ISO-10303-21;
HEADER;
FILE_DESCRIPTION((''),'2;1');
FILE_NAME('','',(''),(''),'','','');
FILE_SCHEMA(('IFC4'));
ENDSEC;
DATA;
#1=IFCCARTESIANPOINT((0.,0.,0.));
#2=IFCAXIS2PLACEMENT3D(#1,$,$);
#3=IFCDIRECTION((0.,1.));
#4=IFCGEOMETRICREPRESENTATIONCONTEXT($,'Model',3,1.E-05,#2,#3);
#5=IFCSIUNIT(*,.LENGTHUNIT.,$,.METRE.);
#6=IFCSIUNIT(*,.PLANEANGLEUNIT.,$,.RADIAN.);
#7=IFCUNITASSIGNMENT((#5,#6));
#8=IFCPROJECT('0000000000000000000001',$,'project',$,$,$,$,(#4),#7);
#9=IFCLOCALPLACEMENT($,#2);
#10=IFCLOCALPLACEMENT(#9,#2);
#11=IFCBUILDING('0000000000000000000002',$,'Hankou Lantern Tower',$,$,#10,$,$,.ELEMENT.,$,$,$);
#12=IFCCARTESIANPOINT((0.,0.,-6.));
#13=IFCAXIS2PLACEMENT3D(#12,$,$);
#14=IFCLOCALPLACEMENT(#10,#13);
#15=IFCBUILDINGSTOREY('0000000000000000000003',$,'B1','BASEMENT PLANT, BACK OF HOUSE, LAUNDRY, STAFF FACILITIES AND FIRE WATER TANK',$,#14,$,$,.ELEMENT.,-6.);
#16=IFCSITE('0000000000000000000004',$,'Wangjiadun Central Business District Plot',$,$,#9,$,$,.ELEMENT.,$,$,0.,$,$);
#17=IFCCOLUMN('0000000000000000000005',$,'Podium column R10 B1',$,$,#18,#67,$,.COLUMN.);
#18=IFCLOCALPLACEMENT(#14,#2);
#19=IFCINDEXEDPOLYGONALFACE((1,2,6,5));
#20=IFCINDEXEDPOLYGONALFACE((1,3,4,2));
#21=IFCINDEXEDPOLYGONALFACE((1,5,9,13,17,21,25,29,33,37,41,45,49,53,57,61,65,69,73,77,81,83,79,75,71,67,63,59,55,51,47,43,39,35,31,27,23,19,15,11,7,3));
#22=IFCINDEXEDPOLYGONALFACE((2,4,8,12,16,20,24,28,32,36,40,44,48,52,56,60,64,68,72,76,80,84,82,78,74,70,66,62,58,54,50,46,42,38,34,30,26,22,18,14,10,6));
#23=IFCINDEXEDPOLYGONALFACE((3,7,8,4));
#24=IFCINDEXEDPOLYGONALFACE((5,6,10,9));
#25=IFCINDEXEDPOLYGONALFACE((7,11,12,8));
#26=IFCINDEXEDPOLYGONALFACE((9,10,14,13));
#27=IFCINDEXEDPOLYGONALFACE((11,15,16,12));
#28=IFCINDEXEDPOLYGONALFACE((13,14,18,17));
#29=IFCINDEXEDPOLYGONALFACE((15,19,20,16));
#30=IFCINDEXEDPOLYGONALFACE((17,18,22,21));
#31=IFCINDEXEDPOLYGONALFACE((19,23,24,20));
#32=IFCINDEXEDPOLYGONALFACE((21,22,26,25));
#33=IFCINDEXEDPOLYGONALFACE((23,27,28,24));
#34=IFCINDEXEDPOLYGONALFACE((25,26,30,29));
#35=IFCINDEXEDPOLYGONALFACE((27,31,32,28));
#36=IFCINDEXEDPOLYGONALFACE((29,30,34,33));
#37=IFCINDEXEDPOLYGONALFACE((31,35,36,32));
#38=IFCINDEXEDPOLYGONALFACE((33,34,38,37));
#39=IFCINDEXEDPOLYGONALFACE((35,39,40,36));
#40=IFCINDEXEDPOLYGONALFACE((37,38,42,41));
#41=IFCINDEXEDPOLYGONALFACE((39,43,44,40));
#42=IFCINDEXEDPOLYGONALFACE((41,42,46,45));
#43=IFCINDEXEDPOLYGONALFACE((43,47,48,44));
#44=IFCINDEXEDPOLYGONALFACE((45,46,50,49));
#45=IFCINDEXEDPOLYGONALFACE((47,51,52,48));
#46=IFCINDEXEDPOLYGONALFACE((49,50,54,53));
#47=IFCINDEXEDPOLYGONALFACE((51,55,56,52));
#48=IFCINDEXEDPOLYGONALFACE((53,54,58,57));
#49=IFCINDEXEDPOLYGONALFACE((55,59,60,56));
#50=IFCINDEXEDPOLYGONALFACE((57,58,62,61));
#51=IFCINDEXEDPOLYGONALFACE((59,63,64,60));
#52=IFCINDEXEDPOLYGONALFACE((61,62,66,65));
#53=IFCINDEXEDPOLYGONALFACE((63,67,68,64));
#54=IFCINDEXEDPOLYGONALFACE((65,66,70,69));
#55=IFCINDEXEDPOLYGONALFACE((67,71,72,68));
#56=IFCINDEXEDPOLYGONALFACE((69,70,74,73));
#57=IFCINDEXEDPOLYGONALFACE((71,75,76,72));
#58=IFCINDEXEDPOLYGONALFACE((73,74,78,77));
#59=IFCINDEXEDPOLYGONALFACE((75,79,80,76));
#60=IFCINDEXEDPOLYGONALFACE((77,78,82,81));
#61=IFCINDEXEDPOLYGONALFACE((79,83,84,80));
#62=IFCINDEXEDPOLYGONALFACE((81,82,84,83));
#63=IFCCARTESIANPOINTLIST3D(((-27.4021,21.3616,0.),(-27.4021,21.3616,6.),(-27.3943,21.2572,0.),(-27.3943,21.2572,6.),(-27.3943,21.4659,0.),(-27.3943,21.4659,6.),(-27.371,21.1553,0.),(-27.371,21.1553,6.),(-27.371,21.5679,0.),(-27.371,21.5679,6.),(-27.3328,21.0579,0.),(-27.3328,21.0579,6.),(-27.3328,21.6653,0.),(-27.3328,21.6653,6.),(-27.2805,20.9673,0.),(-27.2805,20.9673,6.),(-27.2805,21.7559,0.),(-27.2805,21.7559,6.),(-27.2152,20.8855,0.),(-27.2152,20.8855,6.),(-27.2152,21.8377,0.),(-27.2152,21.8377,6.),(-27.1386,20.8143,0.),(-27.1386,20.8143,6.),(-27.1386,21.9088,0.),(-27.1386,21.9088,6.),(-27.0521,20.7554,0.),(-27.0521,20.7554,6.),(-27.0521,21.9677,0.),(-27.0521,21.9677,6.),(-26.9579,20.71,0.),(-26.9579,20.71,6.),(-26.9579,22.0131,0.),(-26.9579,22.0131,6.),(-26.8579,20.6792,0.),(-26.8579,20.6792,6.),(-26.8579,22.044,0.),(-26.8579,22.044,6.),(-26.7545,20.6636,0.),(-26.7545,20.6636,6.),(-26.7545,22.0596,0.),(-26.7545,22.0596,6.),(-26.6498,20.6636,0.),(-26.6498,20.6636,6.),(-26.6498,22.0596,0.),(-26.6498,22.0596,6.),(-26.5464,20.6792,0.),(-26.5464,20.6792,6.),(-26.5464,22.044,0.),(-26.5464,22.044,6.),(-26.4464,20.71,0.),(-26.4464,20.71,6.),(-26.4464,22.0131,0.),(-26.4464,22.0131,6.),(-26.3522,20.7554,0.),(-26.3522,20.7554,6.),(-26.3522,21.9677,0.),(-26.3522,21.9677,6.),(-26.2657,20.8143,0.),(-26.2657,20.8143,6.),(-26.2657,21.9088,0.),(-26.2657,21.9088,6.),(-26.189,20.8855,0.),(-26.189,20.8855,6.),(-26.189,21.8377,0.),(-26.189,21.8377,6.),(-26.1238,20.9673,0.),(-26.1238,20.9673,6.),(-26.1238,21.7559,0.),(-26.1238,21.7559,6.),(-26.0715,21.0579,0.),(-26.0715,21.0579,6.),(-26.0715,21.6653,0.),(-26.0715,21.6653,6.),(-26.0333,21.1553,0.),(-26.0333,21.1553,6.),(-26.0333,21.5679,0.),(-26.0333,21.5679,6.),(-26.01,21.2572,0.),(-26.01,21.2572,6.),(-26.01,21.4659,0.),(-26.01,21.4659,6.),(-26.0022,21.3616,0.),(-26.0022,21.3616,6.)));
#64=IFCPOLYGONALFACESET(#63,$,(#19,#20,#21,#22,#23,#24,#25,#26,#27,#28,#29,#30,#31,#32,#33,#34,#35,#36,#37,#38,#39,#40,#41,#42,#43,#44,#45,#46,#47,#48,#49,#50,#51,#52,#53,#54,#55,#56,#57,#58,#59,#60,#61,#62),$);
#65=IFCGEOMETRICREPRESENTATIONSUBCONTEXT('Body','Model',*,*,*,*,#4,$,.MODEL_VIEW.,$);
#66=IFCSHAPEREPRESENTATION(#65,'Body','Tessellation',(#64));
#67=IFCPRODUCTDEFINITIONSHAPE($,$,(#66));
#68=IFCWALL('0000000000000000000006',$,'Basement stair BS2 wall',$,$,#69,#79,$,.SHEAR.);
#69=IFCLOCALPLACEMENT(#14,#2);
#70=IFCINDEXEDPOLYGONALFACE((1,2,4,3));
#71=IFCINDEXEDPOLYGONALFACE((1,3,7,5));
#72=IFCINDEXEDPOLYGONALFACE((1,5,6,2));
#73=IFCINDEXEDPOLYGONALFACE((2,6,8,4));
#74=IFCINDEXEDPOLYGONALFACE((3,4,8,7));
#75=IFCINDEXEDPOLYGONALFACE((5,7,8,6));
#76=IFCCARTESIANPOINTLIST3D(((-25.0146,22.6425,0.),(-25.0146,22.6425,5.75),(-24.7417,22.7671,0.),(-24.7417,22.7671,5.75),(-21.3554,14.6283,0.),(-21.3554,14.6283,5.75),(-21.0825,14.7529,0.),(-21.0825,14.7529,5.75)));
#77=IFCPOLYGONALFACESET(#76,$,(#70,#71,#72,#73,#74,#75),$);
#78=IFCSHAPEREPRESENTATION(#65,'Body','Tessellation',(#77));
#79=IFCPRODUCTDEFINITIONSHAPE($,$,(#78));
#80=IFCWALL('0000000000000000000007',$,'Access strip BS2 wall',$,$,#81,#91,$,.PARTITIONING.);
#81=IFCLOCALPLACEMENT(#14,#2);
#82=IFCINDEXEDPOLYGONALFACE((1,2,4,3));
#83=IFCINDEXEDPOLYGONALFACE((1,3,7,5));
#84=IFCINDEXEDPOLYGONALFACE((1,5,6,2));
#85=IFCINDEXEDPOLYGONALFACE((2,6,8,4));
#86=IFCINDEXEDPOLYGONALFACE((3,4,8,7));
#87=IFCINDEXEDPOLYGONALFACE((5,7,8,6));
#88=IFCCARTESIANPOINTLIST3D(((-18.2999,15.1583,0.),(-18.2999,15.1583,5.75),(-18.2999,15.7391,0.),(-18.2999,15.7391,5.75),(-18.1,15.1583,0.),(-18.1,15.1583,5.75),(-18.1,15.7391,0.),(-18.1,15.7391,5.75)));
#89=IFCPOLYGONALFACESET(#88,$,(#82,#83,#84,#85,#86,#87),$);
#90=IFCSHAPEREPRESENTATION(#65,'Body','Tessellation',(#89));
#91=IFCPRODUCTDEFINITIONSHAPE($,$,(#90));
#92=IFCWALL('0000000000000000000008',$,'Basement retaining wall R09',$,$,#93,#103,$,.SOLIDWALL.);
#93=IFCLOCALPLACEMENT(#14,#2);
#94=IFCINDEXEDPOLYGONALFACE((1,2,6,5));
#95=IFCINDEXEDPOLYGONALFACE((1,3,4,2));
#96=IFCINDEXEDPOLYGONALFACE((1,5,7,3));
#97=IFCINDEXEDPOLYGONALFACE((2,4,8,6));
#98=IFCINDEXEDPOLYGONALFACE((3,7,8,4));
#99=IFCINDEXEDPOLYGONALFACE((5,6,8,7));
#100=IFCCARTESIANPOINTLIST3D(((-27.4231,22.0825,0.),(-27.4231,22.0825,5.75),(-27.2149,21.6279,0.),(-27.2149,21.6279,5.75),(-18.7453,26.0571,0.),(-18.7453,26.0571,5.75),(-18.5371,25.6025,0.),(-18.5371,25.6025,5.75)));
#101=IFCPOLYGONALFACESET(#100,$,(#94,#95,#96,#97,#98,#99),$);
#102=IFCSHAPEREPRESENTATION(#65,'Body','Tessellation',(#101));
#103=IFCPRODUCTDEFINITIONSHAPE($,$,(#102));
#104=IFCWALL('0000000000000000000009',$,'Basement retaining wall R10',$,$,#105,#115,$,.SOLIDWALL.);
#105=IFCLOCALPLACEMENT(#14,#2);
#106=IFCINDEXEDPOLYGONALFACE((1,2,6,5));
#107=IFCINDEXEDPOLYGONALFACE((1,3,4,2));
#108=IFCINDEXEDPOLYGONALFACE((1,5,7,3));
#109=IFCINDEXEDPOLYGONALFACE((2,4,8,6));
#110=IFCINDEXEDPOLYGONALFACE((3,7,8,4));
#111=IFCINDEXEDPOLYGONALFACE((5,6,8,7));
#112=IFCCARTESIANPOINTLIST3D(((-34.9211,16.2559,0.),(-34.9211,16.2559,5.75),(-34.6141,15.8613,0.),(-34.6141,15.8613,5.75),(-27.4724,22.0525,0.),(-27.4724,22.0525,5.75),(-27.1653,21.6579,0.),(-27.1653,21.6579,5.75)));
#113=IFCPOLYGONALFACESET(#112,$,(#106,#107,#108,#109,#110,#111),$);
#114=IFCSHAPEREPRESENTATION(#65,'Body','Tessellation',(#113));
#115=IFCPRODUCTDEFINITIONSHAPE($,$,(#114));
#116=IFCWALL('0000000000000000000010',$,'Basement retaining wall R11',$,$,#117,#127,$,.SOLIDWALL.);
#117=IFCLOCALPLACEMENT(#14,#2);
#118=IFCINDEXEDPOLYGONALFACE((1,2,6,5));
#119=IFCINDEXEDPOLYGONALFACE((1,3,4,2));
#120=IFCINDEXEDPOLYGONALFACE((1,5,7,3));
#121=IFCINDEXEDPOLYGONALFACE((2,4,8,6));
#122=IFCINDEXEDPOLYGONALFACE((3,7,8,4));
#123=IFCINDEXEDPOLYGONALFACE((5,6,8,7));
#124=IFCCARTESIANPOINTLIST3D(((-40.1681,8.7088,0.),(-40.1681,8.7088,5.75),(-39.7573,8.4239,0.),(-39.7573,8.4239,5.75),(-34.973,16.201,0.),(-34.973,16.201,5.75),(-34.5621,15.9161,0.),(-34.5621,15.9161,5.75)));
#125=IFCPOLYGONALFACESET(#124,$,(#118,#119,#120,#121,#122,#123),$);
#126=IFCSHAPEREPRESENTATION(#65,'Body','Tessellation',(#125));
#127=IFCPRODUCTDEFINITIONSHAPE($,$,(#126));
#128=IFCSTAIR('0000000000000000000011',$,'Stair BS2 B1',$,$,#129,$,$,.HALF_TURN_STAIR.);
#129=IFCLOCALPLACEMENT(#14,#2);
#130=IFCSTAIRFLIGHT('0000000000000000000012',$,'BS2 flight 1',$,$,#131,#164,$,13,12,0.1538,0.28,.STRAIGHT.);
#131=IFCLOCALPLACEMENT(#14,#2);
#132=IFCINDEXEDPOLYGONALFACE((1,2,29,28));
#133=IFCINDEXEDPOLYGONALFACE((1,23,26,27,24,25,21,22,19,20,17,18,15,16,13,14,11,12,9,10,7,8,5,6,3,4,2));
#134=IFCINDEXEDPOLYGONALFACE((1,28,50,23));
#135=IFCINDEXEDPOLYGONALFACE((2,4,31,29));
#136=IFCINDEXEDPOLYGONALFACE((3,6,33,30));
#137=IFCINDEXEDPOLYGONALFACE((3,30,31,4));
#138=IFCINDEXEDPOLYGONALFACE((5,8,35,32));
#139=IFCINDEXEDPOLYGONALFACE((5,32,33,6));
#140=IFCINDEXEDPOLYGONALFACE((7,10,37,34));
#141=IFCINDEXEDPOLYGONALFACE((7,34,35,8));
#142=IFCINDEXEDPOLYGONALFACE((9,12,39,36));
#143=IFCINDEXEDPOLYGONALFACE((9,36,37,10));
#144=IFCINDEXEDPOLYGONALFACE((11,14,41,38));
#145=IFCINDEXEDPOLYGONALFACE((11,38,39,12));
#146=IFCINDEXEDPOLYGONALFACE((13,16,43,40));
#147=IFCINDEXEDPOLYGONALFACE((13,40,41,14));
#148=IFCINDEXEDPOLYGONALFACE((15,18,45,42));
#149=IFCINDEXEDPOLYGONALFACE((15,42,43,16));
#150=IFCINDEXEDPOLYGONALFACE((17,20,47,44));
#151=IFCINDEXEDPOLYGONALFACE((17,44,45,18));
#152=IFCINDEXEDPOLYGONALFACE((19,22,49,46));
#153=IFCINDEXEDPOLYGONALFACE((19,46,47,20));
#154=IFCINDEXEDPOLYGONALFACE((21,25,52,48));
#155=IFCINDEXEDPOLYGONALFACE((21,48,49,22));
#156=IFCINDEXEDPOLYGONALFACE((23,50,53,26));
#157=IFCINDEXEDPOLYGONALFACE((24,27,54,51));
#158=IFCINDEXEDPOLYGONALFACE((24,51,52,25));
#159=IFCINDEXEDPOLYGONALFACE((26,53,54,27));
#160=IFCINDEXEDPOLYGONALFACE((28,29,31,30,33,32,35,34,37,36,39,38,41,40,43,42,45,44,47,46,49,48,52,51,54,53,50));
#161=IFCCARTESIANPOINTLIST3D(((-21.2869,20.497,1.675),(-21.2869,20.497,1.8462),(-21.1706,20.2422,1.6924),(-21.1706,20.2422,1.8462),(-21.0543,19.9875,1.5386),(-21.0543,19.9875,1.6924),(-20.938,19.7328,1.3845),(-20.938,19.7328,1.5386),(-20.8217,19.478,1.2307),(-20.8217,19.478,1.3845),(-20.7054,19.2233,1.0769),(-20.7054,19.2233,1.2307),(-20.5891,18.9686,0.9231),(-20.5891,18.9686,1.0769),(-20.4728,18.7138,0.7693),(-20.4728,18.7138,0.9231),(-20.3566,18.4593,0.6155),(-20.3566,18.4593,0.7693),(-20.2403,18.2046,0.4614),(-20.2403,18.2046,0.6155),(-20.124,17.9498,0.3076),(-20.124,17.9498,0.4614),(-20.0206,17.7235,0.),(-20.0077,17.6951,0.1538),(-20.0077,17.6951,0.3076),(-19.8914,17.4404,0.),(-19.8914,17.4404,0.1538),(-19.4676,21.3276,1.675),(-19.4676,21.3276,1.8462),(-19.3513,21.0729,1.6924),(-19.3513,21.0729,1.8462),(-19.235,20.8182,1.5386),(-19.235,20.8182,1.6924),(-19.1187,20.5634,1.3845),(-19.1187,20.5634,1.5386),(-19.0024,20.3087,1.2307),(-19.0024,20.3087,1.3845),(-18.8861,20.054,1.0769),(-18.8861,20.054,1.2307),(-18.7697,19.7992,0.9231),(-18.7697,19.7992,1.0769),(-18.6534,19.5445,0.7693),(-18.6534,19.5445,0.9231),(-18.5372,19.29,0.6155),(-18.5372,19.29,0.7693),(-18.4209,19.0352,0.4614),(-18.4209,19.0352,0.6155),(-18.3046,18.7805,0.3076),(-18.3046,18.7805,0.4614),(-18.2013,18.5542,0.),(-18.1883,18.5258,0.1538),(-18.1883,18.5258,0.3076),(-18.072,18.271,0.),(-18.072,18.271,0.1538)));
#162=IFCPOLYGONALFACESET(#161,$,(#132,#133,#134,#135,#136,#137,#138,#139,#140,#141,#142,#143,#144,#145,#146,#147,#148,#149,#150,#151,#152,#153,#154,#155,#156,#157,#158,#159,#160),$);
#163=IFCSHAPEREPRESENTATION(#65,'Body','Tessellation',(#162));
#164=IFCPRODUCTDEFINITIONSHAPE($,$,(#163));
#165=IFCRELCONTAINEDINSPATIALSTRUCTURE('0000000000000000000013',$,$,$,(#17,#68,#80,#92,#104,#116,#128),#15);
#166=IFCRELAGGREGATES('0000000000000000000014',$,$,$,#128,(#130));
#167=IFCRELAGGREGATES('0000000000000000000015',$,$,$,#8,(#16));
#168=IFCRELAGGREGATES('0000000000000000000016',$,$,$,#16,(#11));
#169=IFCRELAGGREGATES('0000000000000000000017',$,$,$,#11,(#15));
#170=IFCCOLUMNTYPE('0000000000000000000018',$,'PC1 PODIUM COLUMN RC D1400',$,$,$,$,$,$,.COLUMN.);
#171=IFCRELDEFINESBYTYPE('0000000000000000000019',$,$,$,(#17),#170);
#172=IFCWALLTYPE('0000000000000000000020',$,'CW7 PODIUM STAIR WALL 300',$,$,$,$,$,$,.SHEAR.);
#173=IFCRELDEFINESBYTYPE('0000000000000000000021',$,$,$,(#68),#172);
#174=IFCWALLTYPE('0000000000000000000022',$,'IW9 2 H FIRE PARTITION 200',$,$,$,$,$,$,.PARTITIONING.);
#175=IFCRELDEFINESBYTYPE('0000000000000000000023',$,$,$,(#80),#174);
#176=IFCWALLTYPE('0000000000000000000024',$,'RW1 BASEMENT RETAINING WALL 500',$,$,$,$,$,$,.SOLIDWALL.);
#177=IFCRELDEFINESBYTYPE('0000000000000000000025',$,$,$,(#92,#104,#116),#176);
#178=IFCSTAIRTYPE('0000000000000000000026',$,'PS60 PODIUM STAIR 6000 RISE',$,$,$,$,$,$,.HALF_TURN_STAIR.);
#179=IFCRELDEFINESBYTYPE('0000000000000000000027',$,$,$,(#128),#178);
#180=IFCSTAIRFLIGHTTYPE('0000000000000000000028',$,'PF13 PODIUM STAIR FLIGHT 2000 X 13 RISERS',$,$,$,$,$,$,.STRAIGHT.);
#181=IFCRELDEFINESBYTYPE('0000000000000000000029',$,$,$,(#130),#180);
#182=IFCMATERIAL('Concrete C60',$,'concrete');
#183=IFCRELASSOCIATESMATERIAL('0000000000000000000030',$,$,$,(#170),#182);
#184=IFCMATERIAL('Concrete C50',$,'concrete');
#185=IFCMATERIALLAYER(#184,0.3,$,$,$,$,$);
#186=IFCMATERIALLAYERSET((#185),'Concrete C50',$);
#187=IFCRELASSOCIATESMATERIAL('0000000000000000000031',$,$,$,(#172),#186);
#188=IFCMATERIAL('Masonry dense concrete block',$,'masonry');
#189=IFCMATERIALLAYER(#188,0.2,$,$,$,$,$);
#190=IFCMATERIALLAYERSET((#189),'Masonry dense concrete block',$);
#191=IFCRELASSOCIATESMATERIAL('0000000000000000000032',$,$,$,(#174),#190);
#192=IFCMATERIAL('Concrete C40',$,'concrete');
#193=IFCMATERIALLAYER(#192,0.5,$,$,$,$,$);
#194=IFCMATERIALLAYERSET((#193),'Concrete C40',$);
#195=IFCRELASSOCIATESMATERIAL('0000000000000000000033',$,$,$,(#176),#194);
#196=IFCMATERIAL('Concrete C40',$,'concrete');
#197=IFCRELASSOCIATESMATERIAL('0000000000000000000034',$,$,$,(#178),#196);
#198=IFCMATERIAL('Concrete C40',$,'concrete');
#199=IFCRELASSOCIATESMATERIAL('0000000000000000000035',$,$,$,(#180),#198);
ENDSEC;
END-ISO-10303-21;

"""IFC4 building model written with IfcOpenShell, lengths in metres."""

from ifc_helpers import new_model, si_unit, direction, frame, frame_2d, origin, origin_2d, place, context, subcontext, project, spatial, polyline, rectangle, circle, outline, extrude, material, layer, layer_set, material_profile, profile_set, type_object, element, aggregate, save


model = new_model("IFC4")

# Units and contexts
model_context = context("Model", 3, precision=1e-05, world=origin(), true_north=direction((0.0, 1.0)))
body_context = subcontext(model_context, "Body", "Model", "MODEL_VIEW")
ifc_project = project(units=[si_unit("LENGTHUNIT", "METRE"), si_unit("PLANEANGLEUNIT", "RADIAN")], contexts=[model_context])

# Site, building, storey
site_placement = place(None, origin())
site = spatial("IfcSite", under=ifc_project, at=site_placement, Name="Wangjiadun Central Business District Plot", CompositionType="ELEMENT", RefElevation=0.0)
building_placement = place(site_placement, origin())
building = spatial("IfcBuilding", under=site, at=building_placement, Name="Hankou Lantern Tower", CompositionType="ELEMENT")
storey_placement = place(building_placement, frame((0.0, 0.0, -6.0)))
storey = spatial("IfcBuildingStorey", under=building, at=storey_placement, Name="B1", Description="BASEMENT PLANT, BACK OF HOUSE, LAUNDRY, STAFF FACILITIES AND FIRE WATER TANK", CompositionType="ELEMENT", Elevation=-6.0)

# Column
ifc_material_1 = material(Name="Concrete C60", Category="concrete")
ifc_material_profile_1 = material_profile(ifc_material_1, circle(Radius=0.7, at=origin_2d()), Name="RC D1400")
ifc_profile_set_1 = profile_set([ifc_material_profile_1], Name="Concrete C60")
column_type = type_object("IfcColumnType", Name="PC1 PODIUM COLUMN RC D1400", PredefinedType="COLUMN", material=ifc_profile_set_1)
for number, where, z_axis, x_axis, name in (
    (1, (-26.7021, 21.3616, 0.0), (0.0, 0.0, 1.0), (1.0, 0.0, 0.0), "Podium column R10 B1"),
):
    element("IfcColumn", number, at=place(storey_placement, frame(where, z_axis=z_axis, x_axis=x_axis)), inside=storey, type_object=column_type, Name=name, PredefinedType="COLUMN", context=body_context, shape_type="SweptSolid", body=[
        extrude(circle(Radius=0.7, at=origin_2d()), origin(), (0.0, 0.0, 1.0), 6.0),
    ])

# Walls
ifc_material_2 = material(Name="Concrete C50", Category="concrete")
ifc_layer_1 = layer(ifc_material_2, 0.3)
ifc_layer_set_1 = layer_set([ifc_layer_1], Name="Concrete C50")
wall_type_1 = type_object("IfcWallType", Name="CW7 PODIUM STAIR WALL 300", PredefinedType="SHEAR", material=ifc_layer_set_1)
wall_1_placement = place(storey_placement, frame((-24.8782, 22.7048, 0.0), z_axis=(0.0, 0.0, 1.0), x_axis=(0.415343, -0.909665, 0.0)))
element("IfcWall", 2, at=wall_1_placement, inside=storey, type_object=wall_type_1, Name="Basement stair BS2 wall", PredefinedType="SHEAR", context=body_context, shape_type="SweptSolid", body=[
    extrude(rectangle(XDim=8.8101, YDim=0.3, at=frame_2d((4.405, 0.0))), origin(), (0.0, 0.0, 1.0), 5.75),
])
ifc_material_3 = material(Name="Masonry dense concrete block", Category="masonry")
ifc_layer_2 = layer(ifc_material_3, 0.2)
ifc_layer_set_2 = layer_set([ifc_layer_2], Name="Masonry dense concrete block")
wall_type_2 = type_object("IfcWallType", Name="IW9 2 H FIRE PARTITION 200", PredefinedType="PARTITIONING", material=ifc_layer_set_2)
wall_2_placement = place(storey_placement, frame((-18.2, 15.7393, 0.0), z_axis=(0.0, 0.0, 1.0), x_axis=(0.0, -1.0, 0.0)))
element("IfcWall", 3, at=wall_2_placement, inside=storey, type_object=wall_type_2, Name="Access strip BS2 wall", PredefinedType="PARTITIONING", context=body_context, shape_type="SweptSolid", body=[
    extrude(rectangle(XDim=0.5808, YDim=0.2, at=frame_2d((0.2905, 0.0))), origin(), (0.0, 0.0, 1.0), 5.75),
])
ifc_material_4 = material(Name="Concrete C40", Category="concrete")
ifc_layer_3 = layer(ifc_material_4, 0.5)
ifc_layer_set_3 = layer_set([ifc_layer_3], Name="Concrete C40")
wall_type_3 = type_object("IfcWallType", Name="RW1 BASEMENT RETAINING WALL 500", PredefinedType="SOLIDWALL", material=ifc_layer_set_3)
wall_3_placement = place(storey_placement, frame((-18.6411, 25.8298, 0.0), z_axis=(0.0, 0.0, 1.0), x_axis=(-0.909171, -0.416422, 0.0)))
element("IfcWall", 4, at=wall_3_placement, inside=storey, type_object=wall_type_3, Name="Basement retaining wall R09", PredefinedType="SOLIDWALL", context=body_context, shape_type="SweptSolid", body=[
    extrude(rectangle(XDim=9.5447, YDim=0.5, at=frame_2d((4.7725, 0.0))), origin(), (0.0, 0.0, 1.0), 5.75),
])
wall_4_placement = place(storey_placement, frame((-27.3188, 21.8552, 0.0), z_axis=(0.0, 0.0, 1.0), x_axis=(-0.789189, -0.61415, 0.0)))
element("IfcWall", 5, at=wall_4_placement, inside=storey, type_object=wall_type_3, Name="Basement retaining wall R10", PredefinedType="SOLIDWALL", context=body_context, shape_type="SweptSolid", body=[
    extrude(rectangle(XDim=9.4385, YDim=0.5, at=frame_2d((4.7192, 0.0))), origin(), (0.0, 0.0, 1.0), 5.75),
])
wall_5_placement = place(storey_placement, frame((-34.7676, 16.0586, 0.0), z_axis=(0.0, 0.0, 1.0), x_axis=(-0.569816, -0.821773, 0.0)))
element("IfcWall", 6, at=wall_5_placement, inside=storey, type_object=wall_type_3, Name="Basement retaining wall R11", PredefinedType="SOLIDWALL", context=body_context, shape_type="SweptSolid", body=[
    extrude(rectangle(XDim=9.1172, YDim=0.5, at=frame_2d((4.5586, 0.0))), origin(), (0.0, 0.0, 1.0), 5.75),
])

# Stair, stair flight
ifc_material_5 = material(Name="Concrete C40", Category="concrete")
stair_type = type_object("IfcStairType", Name="PS60 PODIUM STAIR 6000 RISE", PredefinedType="HALF_TURN_STAIR", material=ifc_material_5)
stair_placement = place(storey_placement, origin())
stair = element("IfcStair", 7, at=stair_placement, inside=storey, type_object=stair_type, Name="Stair BS2 B1", PredefinedType="HALF_TURN_STAIR")
ifc_material_6 = material(Name="Concrete C40", Category="concrete")
stair_flight_type = type_object("IfcStairFlightType", Name="PF13 PODIUM STAIR FLIGHT 2000 X 13 RISERS", PredefinedType="STRAIGHT", material=ifc_material_6)
stair_flight_1_placement = place(storey_placement, frame((-18.9817, 17.8557, 0.0), z_axis=(0.0, 0.0, 1.0), x_axis=(-0.415332, 0.90967, 0.0)))
stair_flight_1 = element("IfcStairFlight", 8, at=stair_flight_1_placement, type_object=stair_flight_type, Name="BS2 flight 1", NumberOfRisers=13, NumberOfTreads=12, PredefinedType="STRAIGHT", RiserHeight=0.1538, TreadLength=0.28, context=body_context, shape_type="SweptSolid", body=[
    extrude(outline(polyline([(0.0, 0.0), (0.0, 0.1538), (0.28, 0.1538), (0.28, 0.3076), (0.5601, 0.3076), (0.5601, 0.4614), (0.8401, 0.4614), (0.8401, 0.6155), (1.1201, 0.6155), (1.1201, 0.7693), (1.3999, 0.7693), (1.3999, 0.9231), (1.6799, 0.9231), (1.6799, 1.0769), (1.96, 1.0769), (1.96, 1.2307), (2.24, 1.2307), (2.24, 1.3845), (2.52, 1.3845), (2.52, 1.5386), (2.8, 1.5386), (2.8, 1.6924), (3.0801, 1.6924), (3.0801, 1.8462), (3.3601, 1.8462), (3.3601, 2.0), (3.3601, 1.675), (0.3113, 0.0), (0.0, 0.0)])), frame((0.0, 1.0, 0.0), z_axis=(0.0, -1.0, 0.0), x_axis=(1.0, 0.0, 0.0)), (0.0, 0.0, 1.0), 2.0),
])
aggregate(stair, [stair_flight_1])

save(model, "model.ifc")
